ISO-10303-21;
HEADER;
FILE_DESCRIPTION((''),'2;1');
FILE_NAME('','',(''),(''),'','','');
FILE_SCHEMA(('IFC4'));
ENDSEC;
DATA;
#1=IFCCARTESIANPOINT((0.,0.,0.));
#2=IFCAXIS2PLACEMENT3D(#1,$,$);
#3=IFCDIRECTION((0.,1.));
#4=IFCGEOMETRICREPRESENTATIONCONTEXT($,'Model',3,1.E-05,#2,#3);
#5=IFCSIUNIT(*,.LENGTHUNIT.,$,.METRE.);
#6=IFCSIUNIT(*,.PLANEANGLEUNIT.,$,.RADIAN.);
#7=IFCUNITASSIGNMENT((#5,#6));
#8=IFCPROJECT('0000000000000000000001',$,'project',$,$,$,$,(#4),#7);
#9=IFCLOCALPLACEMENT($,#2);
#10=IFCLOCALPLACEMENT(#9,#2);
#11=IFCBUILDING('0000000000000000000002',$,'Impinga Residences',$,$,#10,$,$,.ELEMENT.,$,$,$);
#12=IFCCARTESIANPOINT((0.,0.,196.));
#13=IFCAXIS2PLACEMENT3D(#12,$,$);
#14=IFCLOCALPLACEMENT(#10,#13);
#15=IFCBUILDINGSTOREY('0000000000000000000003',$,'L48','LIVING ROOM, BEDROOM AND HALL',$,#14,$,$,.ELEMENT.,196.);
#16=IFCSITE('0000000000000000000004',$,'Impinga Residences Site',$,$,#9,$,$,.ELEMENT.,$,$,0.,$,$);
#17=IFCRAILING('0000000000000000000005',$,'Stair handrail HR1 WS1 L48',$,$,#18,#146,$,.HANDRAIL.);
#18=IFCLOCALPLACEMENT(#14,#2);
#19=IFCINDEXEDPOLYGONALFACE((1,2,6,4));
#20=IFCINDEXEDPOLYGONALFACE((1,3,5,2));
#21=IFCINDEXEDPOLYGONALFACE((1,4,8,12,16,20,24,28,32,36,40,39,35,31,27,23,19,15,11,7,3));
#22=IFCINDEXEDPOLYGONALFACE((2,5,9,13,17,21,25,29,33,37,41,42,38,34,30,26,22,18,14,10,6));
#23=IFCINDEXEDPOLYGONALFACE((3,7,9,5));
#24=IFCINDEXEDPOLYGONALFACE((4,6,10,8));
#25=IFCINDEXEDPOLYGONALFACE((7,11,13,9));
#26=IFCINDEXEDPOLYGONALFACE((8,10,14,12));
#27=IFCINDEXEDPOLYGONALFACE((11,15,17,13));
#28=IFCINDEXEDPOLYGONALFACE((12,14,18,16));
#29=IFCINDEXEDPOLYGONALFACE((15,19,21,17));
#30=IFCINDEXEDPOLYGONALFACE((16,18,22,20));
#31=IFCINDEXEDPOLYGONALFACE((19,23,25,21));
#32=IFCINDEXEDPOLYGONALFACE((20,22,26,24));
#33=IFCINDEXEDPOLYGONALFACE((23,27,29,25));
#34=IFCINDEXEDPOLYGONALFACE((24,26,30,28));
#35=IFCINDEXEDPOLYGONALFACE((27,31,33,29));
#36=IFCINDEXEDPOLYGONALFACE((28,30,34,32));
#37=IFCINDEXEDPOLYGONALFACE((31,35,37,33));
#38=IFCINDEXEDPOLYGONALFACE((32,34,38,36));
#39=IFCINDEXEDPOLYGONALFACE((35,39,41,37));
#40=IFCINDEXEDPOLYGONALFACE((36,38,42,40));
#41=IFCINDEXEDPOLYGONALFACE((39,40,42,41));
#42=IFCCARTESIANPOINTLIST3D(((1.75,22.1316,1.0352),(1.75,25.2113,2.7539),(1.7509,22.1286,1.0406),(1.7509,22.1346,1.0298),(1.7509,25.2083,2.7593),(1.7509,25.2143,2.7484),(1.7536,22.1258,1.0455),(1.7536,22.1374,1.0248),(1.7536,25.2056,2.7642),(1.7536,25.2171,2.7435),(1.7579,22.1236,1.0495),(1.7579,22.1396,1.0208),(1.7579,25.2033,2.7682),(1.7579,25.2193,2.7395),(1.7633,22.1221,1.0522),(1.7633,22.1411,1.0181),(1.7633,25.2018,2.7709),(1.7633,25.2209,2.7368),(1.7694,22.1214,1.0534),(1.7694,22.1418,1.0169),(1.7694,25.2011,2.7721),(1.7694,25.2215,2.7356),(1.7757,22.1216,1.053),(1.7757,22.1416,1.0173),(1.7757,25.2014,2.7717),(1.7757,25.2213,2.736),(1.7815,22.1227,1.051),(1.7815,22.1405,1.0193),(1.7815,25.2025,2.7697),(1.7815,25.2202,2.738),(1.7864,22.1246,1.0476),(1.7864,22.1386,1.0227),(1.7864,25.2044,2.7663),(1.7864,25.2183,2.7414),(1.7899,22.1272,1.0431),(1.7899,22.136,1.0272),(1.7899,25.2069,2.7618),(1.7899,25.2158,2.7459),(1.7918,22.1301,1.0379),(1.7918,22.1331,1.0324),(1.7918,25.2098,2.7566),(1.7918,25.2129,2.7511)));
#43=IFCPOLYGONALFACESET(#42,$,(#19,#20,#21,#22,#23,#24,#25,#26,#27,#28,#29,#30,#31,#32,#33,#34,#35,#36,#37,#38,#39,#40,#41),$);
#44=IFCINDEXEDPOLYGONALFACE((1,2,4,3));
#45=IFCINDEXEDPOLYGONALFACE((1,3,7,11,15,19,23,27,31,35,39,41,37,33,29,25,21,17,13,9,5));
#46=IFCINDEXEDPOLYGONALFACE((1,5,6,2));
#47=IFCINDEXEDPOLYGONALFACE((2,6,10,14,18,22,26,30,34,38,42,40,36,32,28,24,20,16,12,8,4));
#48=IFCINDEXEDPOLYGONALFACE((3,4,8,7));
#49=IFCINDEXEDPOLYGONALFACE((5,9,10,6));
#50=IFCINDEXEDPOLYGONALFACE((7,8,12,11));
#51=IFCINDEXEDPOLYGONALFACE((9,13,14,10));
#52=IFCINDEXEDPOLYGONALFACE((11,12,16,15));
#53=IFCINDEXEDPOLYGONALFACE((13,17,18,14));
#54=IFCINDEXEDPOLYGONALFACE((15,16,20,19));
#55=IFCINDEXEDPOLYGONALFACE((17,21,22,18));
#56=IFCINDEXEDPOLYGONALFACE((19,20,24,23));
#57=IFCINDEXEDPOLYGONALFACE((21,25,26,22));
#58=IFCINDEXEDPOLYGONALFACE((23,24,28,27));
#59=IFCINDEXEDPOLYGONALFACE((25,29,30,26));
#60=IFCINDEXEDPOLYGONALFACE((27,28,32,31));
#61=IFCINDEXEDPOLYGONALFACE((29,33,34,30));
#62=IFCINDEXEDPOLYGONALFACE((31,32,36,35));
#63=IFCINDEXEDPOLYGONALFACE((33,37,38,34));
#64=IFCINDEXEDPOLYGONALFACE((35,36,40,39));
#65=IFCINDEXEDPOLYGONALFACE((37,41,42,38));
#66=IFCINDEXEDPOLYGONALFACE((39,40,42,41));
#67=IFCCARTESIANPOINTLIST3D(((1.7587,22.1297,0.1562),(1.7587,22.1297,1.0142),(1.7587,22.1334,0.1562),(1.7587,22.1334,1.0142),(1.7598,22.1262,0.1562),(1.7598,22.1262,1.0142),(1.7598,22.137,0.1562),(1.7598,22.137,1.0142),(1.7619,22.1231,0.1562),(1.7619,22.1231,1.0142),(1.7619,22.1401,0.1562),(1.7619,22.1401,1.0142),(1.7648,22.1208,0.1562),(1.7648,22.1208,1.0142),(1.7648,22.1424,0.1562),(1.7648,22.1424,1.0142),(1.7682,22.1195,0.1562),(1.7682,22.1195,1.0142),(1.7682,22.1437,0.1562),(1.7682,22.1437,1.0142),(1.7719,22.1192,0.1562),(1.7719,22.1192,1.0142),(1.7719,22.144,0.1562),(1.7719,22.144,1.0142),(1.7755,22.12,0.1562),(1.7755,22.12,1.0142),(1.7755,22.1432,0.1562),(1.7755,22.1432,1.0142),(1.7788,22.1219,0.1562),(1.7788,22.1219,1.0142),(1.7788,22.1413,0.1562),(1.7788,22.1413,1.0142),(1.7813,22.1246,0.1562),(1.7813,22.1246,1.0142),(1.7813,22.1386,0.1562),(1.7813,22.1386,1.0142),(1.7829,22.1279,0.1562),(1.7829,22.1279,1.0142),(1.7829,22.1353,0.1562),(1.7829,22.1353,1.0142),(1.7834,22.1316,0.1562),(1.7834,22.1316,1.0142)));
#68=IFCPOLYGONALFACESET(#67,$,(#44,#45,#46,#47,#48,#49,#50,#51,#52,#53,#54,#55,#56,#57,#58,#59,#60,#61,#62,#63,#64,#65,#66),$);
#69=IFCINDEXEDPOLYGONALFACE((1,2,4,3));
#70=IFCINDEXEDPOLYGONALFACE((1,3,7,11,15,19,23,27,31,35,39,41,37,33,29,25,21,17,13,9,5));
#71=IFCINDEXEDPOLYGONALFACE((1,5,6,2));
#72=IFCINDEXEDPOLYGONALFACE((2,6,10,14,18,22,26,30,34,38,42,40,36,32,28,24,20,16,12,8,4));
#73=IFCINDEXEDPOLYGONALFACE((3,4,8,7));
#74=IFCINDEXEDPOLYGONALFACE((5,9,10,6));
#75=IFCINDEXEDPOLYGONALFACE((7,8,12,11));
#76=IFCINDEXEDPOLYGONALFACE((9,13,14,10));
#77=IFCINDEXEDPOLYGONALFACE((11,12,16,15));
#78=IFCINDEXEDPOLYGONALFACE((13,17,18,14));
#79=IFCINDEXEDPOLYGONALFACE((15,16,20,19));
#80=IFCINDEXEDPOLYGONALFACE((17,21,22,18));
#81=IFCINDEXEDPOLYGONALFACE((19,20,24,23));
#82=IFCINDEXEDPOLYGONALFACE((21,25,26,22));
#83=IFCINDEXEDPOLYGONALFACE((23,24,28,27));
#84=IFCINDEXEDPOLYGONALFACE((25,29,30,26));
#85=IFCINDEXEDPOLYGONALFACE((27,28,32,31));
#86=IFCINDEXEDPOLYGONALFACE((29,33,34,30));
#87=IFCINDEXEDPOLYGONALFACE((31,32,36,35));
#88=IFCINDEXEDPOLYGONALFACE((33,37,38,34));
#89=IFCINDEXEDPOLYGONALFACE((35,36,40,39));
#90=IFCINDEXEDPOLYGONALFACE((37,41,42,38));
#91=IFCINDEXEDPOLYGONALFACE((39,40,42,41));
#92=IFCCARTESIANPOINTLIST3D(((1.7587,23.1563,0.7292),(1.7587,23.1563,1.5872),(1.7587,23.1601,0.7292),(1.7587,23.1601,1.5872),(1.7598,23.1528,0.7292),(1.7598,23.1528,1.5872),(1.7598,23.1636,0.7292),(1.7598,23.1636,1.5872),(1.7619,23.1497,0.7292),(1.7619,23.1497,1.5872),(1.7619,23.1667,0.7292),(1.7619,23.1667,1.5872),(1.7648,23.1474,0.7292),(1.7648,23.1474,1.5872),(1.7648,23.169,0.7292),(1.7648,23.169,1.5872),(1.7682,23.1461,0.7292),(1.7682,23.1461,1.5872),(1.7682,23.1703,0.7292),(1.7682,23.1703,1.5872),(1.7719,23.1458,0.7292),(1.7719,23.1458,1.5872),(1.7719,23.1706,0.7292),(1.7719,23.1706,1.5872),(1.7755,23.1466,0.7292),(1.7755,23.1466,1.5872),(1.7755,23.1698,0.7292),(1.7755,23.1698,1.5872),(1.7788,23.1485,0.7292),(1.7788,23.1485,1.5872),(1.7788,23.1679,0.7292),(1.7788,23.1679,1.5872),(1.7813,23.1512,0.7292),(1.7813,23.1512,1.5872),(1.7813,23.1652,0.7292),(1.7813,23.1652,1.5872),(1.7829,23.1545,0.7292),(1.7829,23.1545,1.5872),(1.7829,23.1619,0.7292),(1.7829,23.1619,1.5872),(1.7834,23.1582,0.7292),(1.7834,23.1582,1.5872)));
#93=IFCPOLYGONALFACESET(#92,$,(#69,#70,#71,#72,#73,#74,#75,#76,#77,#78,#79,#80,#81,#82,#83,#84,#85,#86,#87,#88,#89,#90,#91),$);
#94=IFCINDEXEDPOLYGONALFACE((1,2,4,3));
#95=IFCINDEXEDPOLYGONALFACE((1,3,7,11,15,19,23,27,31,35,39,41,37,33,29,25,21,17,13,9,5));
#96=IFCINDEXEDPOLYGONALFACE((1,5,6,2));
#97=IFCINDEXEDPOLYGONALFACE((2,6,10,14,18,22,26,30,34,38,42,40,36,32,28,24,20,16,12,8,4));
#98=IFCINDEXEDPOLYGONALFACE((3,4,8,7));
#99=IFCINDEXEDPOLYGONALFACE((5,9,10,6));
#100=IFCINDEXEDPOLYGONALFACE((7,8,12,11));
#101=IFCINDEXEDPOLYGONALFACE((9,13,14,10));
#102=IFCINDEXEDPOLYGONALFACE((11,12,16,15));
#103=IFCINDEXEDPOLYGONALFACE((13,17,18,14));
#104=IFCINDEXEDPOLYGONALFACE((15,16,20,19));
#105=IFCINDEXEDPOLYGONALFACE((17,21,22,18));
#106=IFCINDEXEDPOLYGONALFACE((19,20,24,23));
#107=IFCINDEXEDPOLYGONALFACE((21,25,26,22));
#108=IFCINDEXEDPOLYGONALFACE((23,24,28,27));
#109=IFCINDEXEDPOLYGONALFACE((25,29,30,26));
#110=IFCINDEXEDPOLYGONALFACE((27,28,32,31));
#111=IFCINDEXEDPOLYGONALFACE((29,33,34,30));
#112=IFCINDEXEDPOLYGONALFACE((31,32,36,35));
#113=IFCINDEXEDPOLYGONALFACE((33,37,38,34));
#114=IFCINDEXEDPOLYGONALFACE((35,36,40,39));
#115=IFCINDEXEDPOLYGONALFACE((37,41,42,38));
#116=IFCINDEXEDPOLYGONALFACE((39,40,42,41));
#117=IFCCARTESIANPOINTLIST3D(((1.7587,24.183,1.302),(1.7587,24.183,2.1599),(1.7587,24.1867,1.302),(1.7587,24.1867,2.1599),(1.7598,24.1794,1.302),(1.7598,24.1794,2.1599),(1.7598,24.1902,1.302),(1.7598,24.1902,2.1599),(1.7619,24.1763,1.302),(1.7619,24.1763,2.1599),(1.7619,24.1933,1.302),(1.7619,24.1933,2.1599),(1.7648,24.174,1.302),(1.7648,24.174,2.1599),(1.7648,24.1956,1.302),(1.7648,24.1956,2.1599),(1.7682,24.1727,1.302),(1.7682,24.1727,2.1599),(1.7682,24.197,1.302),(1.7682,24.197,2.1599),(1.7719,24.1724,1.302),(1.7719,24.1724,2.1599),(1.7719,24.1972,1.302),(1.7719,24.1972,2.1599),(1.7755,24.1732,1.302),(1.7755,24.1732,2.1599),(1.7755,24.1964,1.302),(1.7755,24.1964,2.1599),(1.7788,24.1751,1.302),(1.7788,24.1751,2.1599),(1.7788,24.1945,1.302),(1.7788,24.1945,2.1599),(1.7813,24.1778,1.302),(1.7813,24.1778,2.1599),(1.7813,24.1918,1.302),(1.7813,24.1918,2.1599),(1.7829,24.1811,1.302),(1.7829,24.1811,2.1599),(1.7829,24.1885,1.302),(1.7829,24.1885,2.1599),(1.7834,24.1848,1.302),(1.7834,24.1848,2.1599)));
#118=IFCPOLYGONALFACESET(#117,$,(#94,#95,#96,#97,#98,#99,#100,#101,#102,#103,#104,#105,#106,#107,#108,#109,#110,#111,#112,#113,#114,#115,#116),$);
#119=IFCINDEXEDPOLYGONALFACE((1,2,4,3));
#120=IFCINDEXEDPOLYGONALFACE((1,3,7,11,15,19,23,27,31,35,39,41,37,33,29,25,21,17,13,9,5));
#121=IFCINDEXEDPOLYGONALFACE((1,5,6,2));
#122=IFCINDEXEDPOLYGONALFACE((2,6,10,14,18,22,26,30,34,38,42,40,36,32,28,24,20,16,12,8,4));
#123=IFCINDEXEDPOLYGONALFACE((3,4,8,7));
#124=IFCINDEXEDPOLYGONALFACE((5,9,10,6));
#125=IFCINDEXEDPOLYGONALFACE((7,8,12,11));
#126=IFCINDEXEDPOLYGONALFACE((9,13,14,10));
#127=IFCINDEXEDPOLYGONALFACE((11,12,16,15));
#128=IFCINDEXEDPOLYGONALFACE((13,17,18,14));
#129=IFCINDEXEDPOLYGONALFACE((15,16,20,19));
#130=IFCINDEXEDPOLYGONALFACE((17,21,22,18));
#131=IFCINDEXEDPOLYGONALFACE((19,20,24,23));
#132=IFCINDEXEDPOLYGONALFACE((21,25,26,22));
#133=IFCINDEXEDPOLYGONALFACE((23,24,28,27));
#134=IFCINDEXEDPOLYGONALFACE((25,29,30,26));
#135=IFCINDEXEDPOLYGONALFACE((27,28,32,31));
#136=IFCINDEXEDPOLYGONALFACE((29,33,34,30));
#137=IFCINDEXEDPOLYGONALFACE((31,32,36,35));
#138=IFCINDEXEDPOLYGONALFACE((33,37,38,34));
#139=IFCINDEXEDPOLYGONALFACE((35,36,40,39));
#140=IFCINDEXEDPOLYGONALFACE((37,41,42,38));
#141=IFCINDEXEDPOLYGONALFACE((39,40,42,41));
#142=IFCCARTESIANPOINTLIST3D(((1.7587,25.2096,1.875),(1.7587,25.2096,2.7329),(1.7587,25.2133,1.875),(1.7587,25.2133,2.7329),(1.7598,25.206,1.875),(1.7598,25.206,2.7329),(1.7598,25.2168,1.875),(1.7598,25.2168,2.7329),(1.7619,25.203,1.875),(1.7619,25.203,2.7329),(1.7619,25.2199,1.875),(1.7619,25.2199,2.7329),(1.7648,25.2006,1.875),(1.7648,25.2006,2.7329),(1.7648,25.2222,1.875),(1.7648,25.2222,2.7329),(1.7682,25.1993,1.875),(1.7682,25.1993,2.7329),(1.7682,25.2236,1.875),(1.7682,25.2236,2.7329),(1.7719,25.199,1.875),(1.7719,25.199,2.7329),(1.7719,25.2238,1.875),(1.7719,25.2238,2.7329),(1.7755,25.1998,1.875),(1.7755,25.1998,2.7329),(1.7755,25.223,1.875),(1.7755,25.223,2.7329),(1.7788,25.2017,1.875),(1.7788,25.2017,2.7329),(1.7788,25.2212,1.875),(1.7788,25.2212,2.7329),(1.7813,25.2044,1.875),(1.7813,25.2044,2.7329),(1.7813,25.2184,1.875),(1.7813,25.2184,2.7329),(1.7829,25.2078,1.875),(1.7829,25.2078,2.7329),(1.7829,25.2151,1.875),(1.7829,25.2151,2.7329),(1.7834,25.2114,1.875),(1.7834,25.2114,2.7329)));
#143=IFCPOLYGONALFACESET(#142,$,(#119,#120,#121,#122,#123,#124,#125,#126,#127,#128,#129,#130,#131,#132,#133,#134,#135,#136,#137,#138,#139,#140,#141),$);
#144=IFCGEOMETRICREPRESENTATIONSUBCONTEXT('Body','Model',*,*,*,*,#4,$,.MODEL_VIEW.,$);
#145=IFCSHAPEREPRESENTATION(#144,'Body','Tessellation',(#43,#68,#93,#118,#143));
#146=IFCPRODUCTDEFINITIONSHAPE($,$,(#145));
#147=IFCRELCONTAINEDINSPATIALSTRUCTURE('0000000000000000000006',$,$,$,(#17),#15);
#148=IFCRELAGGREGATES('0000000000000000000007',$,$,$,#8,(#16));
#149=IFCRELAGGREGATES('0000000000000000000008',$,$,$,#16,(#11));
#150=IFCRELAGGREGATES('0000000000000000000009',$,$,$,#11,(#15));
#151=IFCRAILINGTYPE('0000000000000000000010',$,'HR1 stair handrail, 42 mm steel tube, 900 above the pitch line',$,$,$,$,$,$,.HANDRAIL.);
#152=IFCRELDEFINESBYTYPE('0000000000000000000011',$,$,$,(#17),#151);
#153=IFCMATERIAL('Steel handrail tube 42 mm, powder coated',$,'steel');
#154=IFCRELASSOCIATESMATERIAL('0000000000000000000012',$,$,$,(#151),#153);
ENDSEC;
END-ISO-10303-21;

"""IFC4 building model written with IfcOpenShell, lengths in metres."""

from ifc_helpers import new_model, si_unit, direction, frame, origin, origin_2d, place, context, subcontext, project, spatial, circle, extrude, material, type_object, element, save


model = new_model("IFC4")

# Units and contexts
model_context = context("Model", 3, precision=1e-05, world=origin(), true_north=direction((0.0, 1.0)))
body_context = subcontext(model_context, "Body", "Model", "MODEL_VIEW")
ifc_project = project(units=[si_unit("LENGTHUNIT", "METRE"), si_unit("PLANEANGLEUNIT", "RADIAN")], contexts=[model_context])

# Site, building, storey
site_placement = place(None, origin())
site = spatial("IfcSite", under=ifc_project, at=site_placement, Name="Impinga Residences Site", CompositionType="ELEMENT", RefElevation=0.0)
building_placement = place(site_placement, origin())
building = spatial("IfcBuilding", under=site, at=building_placement, Name="Impinga Residences", CompositionType="ELEMENT")
storey_placement = place(building_placement, frame((0.0, 0.0, 196.0)))
storey = spatial("IfcBuildingStorey", under=building, at=storey_placement, Name="L48", Description="LIVING ROOM, BEDROOM AND HALL", CompositionType="ELEMENT", Elevation=196.0)

# Railing
ifc_material_1 = material(Name="Steel handrail tube 42 mm, powder coated", Category="steel")
railing_type_1 = type_object("IfcRailingType", Name="HR1 stair handrail, 42 mm steel tube, 900 above the pitch line", PredefinedType="HANDRAIL", material=ifc_material_1)
railing_1_placement = place(storey_placement, frame((1.771, 22.1316, 0.1562)))
element("IfcRailing", 1, at=railing_1_placement, inside=storey, type_object=railing_type_1, Name="Stair handrail HR1 WS1 L48", PredefinedType="HANDRAIL", context=body_context, shape_type="SweptSolid", body=[
    extrude(circle(Radius=0.021, at=origin_2d()), frame((0.0, 0.0, 0.8789), z_axis=(0.0, 0.873225, 0.487317), x_axis=(-1.0, 0.0, 0.0)), (0.0, 0.0, 1.0), 3.5269),
    extrude(circle(Radius=0.0125, at=origin_2d()), origin(), (0.0, 0.0, 1.0), 0.8579),
    extrude(circle(Radius=0.0125, at=origin_2d()), frame((0.0, 1.0266, 0.573)), (0.0, 0.0, 1.0), 0.8579),
    extrude(circle(Radius=0.0125, at=origin_2d()), frame((0.0, 2.0532, 1.1458)), (0.0, 0.0, 1.0), 0.8579),
    extrude(circle(Radius=0.0125, at=origin_2d()), frame((0.0, 3.0798, 1.7188)), (0.0, 0.0, 1.0), 0.8579),
])

save(model, "model.ifc")
